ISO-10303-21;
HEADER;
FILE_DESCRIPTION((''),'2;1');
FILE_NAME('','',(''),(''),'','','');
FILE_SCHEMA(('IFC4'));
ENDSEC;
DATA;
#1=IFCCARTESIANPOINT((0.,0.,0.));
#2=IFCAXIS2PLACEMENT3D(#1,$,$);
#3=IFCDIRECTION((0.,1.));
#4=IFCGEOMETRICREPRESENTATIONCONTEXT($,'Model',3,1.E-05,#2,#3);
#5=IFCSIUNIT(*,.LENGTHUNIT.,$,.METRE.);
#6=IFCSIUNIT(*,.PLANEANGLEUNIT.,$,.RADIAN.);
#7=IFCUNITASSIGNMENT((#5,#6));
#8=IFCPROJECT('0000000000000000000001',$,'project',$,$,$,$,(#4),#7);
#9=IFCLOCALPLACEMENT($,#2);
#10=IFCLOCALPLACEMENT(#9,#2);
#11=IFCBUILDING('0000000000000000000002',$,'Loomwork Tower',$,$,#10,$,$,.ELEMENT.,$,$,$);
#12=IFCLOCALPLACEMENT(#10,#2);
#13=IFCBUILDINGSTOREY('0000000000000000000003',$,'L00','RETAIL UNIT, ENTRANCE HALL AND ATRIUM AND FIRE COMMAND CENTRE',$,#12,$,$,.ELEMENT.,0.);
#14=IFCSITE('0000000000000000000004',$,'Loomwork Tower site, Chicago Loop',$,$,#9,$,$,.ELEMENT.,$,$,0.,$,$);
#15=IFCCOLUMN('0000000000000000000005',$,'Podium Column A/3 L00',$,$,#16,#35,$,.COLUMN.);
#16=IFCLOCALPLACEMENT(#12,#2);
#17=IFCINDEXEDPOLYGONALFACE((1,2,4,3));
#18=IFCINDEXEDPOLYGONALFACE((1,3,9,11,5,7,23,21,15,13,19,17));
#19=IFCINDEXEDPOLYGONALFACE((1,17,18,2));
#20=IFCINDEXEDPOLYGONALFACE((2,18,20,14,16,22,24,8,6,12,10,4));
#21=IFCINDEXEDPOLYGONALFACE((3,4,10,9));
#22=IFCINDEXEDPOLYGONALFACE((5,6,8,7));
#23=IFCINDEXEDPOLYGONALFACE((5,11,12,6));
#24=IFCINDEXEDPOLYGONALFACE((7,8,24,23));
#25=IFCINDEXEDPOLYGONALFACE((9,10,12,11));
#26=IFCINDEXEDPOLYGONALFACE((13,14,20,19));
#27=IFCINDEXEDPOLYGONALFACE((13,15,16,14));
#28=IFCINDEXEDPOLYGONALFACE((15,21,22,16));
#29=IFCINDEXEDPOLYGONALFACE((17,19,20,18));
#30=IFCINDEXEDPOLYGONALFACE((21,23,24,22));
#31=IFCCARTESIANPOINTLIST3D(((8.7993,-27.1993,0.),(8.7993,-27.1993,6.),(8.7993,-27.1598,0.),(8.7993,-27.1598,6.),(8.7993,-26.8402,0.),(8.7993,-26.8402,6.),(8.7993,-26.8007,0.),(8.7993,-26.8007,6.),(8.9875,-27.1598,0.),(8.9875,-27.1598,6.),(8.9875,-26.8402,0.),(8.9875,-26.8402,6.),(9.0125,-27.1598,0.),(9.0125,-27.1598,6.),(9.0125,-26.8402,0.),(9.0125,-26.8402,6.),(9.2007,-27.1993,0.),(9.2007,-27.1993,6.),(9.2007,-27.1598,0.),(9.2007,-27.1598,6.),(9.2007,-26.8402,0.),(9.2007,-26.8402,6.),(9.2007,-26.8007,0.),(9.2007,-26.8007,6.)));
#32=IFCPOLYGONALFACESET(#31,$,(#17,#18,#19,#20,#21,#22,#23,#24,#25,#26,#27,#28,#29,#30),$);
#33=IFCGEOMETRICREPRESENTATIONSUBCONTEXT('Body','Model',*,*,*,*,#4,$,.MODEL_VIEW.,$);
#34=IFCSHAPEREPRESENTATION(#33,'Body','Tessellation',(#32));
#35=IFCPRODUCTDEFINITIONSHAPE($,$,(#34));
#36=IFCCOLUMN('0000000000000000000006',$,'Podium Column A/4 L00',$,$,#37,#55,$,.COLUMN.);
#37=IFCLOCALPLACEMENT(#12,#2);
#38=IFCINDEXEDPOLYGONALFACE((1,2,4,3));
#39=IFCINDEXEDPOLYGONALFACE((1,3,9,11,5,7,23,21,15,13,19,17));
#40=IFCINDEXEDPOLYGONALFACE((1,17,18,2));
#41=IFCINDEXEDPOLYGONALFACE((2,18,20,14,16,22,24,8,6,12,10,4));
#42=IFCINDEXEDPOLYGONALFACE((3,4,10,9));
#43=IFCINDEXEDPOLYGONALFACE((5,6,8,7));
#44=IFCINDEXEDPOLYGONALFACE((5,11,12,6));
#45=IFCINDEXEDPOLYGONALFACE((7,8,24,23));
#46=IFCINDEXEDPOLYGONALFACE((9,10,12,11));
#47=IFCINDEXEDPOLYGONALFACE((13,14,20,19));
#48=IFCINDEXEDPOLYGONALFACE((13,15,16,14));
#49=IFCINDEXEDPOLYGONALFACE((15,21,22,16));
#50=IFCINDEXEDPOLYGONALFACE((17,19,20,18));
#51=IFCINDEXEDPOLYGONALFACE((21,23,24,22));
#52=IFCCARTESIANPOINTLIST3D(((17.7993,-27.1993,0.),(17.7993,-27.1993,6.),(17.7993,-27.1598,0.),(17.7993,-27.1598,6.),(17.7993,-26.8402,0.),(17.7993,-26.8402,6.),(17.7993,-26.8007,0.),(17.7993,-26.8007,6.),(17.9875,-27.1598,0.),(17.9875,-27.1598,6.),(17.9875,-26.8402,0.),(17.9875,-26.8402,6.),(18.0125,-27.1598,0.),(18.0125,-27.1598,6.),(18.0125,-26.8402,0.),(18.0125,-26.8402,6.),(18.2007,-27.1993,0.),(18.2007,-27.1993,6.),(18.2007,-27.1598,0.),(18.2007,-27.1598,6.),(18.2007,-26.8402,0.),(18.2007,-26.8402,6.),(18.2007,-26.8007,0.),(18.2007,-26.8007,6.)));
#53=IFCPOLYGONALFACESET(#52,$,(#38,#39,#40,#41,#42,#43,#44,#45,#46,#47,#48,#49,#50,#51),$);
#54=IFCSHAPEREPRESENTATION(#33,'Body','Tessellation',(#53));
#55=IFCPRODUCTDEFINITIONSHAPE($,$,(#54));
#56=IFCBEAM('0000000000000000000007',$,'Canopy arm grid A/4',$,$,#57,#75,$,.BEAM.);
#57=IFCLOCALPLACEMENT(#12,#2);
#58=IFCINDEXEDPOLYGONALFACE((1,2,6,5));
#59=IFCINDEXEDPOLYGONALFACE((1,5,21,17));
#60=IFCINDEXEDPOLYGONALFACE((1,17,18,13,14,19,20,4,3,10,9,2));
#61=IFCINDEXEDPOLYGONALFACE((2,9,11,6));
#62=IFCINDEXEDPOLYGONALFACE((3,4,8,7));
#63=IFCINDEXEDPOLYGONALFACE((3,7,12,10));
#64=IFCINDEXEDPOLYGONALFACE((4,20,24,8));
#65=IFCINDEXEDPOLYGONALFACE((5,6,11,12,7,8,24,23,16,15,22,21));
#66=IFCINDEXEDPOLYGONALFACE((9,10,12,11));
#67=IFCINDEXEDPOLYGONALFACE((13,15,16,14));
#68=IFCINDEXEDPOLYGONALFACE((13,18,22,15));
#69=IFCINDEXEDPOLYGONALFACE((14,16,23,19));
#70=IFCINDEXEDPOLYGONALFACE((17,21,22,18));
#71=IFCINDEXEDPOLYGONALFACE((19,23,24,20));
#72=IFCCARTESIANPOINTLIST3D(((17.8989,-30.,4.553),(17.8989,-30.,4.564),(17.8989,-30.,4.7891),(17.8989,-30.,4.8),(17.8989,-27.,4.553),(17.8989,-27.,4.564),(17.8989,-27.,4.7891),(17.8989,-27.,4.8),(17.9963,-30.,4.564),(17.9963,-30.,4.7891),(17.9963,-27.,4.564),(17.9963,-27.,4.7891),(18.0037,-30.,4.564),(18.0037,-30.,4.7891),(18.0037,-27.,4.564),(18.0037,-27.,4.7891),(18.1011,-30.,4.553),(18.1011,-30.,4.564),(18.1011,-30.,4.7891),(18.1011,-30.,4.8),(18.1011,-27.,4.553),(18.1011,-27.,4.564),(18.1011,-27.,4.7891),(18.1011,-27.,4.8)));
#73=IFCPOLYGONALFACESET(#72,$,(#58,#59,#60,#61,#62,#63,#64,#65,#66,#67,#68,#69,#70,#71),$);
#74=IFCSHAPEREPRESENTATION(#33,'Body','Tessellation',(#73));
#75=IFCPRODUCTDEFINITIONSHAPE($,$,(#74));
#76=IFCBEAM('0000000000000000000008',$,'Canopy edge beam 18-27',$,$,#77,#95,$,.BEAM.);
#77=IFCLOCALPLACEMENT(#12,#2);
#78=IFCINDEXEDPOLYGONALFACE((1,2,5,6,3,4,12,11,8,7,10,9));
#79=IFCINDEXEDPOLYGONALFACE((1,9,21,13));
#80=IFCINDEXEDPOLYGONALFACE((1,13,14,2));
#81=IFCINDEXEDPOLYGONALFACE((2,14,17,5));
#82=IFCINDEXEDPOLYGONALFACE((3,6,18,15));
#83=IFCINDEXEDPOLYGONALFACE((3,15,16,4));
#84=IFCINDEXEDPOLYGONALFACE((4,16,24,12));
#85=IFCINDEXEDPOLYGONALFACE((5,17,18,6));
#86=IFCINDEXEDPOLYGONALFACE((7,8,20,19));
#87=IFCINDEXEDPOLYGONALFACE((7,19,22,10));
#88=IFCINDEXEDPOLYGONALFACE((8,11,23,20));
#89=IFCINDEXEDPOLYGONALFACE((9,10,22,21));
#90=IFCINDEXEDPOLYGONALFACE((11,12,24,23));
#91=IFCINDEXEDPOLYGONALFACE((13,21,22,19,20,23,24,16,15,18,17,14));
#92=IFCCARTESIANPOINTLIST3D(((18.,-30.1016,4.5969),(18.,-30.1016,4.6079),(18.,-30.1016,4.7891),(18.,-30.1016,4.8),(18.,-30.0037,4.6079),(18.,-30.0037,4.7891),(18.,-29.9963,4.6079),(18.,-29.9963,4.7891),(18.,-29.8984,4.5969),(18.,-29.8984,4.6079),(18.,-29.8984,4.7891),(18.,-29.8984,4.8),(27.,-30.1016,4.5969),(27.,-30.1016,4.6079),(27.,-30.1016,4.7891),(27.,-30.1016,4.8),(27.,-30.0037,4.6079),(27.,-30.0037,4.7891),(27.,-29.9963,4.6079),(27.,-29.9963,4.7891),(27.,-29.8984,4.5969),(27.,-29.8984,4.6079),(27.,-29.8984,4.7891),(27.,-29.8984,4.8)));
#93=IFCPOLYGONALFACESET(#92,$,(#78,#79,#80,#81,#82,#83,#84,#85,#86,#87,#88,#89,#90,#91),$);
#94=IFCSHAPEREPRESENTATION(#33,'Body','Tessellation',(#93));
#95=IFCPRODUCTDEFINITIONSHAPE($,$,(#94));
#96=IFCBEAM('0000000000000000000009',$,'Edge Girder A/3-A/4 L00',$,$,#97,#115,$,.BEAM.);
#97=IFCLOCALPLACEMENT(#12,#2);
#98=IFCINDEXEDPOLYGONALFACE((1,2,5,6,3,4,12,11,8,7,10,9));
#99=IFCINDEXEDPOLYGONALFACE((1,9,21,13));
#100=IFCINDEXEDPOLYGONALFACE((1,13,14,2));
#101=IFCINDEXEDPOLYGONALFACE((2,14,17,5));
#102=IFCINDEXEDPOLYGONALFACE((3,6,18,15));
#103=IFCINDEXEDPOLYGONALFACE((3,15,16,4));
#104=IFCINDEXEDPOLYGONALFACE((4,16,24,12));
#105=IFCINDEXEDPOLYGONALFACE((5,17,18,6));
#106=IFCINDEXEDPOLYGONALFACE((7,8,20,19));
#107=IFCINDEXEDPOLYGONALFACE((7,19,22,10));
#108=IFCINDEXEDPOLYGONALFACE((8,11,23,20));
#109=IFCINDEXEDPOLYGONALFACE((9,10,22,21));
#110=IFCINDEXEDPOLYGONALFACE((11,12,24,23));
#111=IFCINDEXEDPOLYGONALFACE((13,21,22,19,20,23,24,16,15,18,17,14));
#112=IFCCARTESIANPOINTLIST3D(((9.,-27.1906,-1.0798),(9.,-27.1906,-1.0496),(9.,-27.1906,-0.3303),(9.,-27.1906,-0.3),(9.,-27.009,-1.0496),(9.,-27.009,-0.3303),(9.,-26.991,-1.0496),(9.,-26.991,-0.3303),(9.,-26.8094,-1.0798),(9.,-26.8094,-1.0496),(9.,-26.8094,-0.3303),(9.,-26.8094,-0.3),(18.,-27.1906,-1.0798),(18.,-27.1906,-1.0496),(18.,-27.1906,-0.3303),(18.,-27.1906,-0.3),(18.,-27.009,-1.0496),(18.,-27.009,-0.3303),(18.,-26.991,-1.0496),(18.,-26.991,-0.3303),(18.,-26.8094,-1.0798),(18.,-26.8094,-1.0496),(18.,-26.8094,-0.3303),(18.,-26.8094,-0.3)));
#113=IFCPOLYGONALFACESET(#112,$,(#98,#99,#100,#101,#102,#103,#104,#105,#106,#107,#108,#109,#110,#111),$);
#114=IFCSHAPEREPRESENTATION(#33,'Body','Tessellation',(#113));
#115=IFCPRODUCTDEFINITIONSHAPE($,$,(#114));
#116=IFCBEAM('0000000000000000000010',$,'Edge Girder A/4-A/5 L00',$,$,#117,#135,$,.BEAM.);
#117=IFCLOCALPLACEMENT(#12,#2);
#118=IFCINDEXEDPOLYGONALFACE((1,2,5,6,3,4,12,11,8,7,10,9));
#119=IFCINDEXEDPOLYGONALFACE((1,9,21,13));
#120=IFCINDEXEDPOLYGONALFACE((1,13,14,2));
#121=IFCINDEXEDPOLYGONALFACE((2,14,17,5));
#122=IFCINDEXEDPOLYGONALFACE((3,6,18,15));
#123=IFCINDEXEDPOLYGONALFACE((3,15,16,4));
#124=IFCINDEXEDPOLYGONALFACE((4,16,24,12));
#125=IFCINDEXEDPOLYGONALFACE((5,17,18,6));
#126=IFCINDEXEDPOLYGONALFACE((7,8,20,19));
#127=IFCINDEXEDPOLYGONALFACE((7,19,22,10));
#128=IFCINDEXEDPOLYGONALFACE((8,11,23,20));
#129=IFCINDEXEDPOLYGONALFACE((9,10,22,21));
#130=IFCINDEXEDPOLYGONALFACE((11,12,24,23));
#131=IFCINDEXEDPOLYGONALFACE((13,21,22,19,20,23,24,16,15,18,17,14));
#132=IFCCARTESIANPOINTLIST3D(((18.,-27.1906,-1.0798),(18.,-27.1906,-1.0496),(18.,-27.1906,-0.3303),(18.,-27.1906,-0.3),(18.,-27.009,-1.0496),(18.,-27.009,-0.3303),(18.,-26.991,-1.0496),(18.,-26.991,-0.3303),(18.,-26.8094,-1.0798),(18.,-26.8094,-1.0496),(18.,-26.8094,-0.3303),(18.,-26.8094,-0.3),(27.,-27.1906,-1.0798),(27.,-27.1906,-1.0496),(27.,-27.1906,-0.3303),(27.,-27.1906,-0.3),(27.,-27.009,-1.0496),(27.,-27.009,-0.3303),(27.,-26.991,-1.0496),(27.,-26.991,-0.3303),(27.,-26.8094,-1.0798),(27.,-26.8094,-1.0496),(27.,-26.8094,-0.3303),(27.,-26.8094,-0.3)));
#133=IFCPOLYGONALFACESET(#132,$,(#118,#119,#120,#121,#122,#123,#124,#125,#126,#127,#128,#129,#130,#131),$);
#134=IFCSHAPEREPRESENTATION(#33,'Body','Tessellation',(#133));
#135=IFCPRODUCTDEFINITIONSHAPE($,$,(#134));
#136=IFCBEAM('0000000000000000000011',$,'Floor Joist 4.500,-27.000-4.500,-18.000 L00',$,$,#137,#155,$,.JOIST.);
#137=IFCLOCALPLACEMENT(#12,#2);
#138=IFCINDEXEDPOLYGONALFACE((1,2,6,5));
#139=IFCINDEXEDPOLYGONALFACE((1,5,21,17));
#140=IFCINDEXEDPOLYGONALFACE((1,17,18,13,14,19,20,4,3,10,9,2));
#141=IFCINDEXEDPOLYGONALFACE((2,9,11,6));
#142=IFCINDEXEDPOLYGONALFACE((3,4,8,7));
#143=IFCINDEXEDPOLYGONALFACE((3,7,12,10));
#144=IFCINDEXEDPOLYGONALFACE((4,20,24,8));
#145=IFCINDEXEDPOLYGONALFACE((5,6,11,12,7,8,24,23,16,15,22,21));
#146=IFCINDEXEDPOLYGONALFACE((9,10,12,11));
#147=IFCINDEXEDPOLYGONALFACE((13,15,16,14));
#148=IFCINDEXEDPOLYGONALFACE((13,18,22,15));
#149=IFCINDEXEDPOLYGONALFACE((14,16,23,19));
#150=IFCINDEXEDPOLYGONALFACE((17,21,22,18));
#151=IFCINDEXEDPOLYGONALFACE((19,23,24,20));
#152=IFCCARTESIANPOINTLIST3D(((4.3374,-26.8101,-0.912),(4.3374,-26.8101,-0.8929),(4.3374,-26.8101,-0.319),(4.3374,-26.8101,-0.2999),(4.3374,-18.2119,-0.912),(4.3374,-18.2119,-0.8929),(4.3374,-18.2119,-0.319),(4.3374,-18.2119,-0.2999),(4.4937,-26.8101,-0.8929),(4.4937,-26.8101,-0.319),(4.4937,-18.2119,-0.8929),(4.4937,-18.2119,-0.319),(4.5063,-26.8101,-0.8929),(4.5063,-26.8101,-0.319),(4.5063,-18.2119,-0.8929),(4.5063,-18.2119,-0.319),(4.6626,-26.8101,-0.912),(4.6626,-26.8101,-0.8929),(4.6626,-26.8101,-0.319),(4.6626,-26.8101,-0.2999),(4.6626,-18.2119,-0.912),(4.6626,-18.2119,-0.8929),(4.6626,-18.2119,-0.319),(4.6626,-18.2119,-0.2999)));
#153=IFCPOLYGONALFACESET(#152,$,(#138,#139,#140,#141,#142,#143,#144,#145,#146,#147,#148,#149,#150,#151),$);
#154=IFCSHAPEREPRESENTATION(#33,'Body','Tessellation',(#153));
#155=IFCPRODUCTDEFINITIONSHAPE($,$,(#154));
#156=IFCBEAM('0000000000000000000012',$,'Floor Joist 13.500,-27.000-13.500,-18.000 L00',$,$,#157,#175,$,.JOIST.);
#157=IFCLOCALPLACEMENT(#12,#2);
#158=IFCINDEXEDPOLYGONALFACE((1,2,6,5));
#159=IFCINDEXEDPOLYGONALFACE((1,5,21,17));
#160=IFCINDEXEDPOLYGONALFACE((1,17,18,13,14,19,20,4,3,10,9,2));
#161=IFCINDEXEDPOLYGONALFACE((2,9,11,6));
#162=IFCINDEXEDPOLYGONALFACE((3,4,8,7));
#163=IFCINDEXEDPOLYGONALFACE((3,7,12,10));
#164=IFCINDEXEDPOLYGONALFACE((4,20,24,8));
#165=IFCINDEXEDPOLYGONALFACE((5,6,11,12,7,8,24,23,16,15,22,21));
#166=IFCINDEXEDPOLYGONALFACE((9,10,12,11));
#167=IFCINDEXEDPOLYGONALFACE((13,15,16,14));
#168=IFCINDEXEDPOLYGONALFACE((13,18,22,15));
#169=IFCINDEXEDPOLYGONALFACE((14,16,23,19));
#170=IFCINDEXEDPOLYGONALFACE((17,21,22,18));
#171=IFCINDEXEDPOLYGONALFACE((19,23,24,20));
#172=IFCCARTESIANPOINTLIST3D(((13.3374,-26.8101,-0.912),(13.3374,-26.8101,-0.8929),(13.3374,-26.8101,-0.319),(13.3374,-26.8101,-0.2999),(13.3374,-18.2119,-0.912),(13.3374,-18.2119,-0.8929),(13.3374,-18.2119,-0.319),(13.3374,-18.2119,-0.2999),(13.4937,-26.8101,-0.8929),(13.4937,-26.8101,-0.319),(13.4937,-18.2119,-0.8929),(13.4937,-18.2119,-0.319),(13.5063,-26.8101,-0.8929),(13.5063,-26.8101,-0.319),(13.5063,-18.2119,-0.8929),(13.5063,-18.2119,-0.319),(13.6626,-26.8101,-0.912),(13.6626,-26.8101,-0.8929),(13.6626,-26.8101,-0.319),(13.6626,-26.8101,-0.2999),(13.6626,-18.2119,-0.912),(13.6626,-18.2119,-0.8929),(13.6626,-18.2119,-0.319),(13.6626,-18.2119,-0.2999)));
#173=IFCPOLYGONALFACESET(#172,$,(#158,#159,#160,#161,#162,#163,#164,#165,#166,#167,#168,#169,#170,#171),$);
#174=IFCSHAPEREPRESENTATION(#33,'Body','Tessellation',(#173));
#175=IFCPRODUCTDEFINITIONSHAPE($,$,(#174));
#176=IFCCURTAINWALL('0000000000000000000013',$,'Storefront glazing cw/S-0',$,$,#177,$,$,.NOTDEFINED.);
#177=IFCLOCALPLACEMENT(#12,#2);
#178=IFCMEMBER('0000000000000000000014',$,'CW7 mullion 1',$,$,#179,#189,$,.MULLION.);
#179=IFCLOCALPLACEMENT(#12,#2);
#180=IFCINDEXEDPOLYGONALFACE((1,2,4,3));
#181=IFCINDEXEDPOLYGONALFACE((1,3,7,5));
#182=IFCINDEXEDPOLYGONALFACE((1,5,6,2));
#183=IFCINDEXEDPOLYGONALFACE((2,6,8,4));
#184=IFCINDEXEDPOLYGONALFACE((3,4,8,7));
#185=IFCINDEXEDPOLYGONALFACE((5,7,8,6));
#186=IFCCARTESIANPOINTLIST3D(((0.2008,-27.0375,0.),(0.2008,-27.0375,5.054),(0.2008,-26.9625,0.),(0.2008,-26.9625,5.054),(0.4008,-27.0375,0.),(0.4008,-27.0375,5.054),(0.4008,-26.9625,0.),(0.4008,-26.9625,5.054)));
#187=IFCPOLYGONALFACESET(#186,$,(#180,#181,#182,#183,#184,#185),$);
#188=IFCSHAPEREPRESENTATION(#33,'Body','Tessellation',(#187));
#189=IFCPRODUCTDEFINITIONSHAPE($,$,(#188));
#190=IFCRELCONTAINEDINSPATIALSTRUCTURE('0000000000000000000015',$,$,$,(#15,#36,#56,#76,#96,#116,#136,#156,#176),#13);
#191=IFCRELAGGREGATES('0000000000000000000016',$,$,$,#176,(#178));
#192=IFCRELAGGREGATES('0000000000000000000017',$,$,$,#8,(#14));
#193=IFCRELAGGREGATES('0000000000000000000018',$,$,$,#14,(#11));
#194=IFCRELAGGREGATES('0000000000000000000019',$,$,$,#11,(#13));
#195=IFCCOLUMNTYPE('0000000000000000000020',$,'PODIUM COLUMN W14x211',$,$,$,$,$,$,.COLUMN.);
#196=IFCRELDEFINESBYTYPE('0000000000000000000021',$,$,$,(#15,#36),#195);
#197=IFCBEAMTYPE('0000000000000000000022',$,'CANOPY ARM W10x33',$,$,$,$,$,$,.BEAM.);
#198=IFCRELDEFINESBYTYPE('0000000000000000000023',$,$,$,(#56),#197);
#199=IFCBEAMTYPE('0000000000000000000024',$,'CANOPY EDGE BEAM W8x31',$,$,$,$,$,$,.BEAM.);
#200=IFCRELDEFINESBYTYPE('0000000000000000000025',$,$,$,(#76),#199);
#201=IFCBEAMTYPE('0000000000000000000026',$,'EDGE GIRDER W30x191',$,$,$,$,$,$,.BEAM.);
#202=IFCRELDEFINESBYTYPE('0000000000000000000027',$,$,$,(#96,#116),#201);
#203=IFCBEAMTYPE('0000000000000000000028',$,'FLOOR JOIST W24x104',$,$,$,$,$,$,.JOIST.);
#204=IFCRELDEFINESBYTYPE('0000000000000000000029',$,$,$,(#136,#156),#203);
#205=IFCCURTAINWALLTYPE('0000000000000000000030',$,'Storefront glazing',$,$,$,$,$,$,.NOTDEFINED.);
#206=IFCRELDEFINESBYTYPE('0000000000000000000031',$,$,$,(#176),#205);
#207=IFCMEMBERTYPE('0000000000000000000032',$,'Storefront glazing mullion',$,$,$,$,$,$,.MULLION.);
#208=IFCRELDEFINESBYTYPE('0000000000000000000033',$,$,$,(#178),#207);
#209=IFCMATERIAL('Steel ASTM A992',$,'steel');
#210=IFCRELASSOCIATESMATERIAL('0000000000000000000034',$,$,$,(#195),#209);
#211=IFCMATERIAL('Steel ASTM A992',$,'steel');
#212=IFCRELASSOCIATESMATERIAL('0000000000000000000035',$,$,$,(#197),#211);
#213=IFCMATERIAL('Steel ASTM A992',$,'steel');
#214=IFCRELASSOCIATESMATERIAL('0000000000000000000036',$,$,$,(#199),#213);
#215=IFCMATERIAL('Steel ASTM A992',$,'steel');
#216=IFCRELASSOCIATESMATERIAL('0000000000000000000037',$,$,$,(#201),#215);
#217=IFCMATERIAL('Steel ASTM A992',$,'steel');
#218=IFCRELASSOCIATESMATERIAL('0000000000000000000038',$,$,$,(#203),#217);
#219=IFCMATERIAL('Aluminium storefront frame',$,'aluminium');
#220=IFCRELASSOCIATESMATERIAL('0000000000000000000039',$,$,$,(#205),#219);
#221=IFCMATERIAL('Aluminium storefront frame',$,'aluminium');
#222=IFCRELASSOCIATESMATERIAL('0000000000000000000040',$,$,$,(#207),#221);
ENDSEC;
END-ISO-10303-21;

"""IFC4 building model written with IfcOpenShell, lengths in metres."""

from ifc_helpers import new_model, si_unit, direction, frame, origin, origin_2d, place, context, subcontext, project, spatial, rectangle, i_section, extrude, material, material_profile, profile_set, type_object, element, aggregate, save


model = new_model("IFC4")

# Units and contexts
model_context = context("Model", 3, precision=1e-05, world=origin(), true_north=direction((0.0, 1.0)))
body_context = subcontext(model_context, "Body", "Model", "MODEL_VIEW")
ifc_project = project(units=[si_unit("LENGTHUNIT", "METRE"), si_unit("PLANEANGLEUNIT", "RADIAN")], contexts=[model_context])

# Site, building, storey
site_placement = place(None, origin())
site = spatial("IfcSite", under=ifc_project, at=site_placement, Name="Loomwork Tower site, Chicago Loop", CompositionType="ELEMENT", RefElevation=0.0)
building_placement = place(site_placement, origin())
building = spatial("IfcBuilding", under=site, at=building_placement, Name="Loomwork Tower", CompositionType="ELEMENT")
storey_placement = place(building_placement, origin())
storey = spatial("IfcBuildingStorey", under=building, at=storey_placement, Name="L00", Description="RETAIL UNIT, ENTRANCE HALL AND ATRIUM AND FIRE COMMAND CENTRE", CompositionType="ELEMENT", Elevation=0.0)

# Columns
ifc_material_1 = material(Name="Steel ASTM A992", Category="steel")
ifc_material_profile_1 = material_profile(ifc_material_1, i_section(OverallWidth=0.4014, OverallDepth=0.3987, WebThickness=0.0249, FlangeThickness=0.0396, at=origin_2d()), Name="W14x211")
ifc_profile_set_1 = profile_set([ifc_material_profile_1], Name="Steel ASTM A992")
column_type = type_object("IfcColumnType", Name="PODIUM COLUMN W14x211", PredefinedType="COLUMN", material=ifc_profile_set_1)
for number, where, z_axis, x_axis, name in (
    (1, (9.0, -27.0, 0.0), (0.0, 0.0, 1.0), (1.0, 0.0, 0.0), "Podium Column A/3 L00"),
    (2, (18.0, -27.0, 0.0), (0.0, 0.0, 1.0), (1.0, 0.0, 0.0), "Podium Column A/4 L00"),
):
    element("IfcColumn", number, at=place(storey_placement, frame(where, z_axis=z_axis, x_axis=x_axis)), inside=storey, type_object=column_type, Name=name, PredefinedType="COLUMN", context=body_context, shape_type="SweptSolid", body=[
        extrude(i_section(OverallWidth=0.4014, OverallDepth=0.3987, WebThickness=0.0249, FlangeThickness=0.0396, at=origin_2d()), origin(), (0.0, 0.0, 1.0), 6.0),
    ])

# Beams
ifc_material_2 = material(Name="Steel ASTM A992", Category="steel")
ifc_material_profile_2 = material_profile(ifc_material_2, i_section(OverallWidth=0.2021, OverallDepth=0.2471, WebThickness=0.0073, FlangeThickness=0.011, at=origin_2d()), Name="W10x33")
ifc_profile_set_2 = profile_set([ifc_material_profile_2], Name="Steel ASTM A992")
beam_type_1 = type_object("IfcBeamType", Name="CANOPY ARM W10x33", PredefinedType="BEAM", material=ifc_profile_set_2)
beam_1_placement = place(storey_placement, frame((18.0, -27.0, 4.6765), z_axis=(0.0, -1.0, 0.0), x_axis=(1.0, 0.0, 0.0)))
element("IfcBeam", 3, at=beam_1_placement, inside=storey, type_object=beam_type_1, Name="Canopy arm grid A/4", PredefinedType="BEAM", context=body_context, shape_type="SweptSolid", body=[
    extrude(i_section(OverallWidth=0.2021, OverallDepth=0.2471, WebThickness=0.0073, FlangeThickness=0.011, at=origin_2d()), origin(), (0.0, 0.0, 1.0), 3.0),
])
ifc_material_3 = material(Name="Steel ASTM A992", Category="steel")
ifc_material_profile_3 = material_profile(ifc_material_3, i_section(OverallWidth=0.2031, OverallDepth=0.2031, WebThickness=0.0073, FlangeThickness=0.011, at=origin_2d()), Name="W8x31")
ifc_profile_set_3 = profile_set([ifc_material_profile_3], Name="Steel ASTM A992")
beam_type_2 = type_object("IfcBeamType", Name="CANOPY EDGE BEAM W8x31", PredefinedType="BEAM", material=ifc_profile_set_3)
beam_2_placement = place(storey_placement, frame((18.0, -30.0, 4.6985), z_axis=(1.0, 0.0, 0.0), x_axis=(0.0, 1.0, 0.0)))
element("IfcBeam", 4, at=beam_2_placement, inside=storey, type_object=beam_type_2, Name="Canopy edge beam 18-27", PredefinedType="BEAM", context=body_context, shape_type="SweptSolid", body=[
    extrude(i_section(OverallWidth=0.2031, OverallDepth=0.2031, WebThickness=0.0073, FlangeThickness=0.011, at=origin_2d()), origin(), (0.0, 0.0, 1.0), 9.0),
])
ifc_material_4 = material(Name="Steel ASTM A992", Category="steel")
ifc_material_profile_4 = material_profile(ifc_material_4, i_section(OverallWidth=0.3811, OverallDepth=0.7798, WebThickness=0.0181, FlangeThickness=0.0303, at=origin_2d()), Name="W30x191")
ifc_profile_set_4 = profile_set([ifc_material_profile_4], Name="Steel ASTM A992")
beam_type_3 = type_object("IfcBeamType", Name="EDGE GIRDER W30x191", PredefinedType="BEAM", material=ifc_profile_set_4)
for number, where, z_axis, x_axis, name in (
    (5, (9.0, -27.0, -0.6899), (1.0, 0.0, 0.0), (0.0, 1.0, 0.0), "Edge Girder A/3-A/4 L00"),
    (6, (18.0, -27.0, -0.6899), (1.0, 0.0, 0.0), (0.0, 1.0, 0.0), "Edge Girder A/4-A/5 L00"),
):
    element("IfcBeam", number, at=place(storey_placement, frame(where, z_axis=z_axis, x_axis=x_axis)), inside=storey, type_object=beam_type_3, Name=name, PredefinedType="BEAM", context=body_context, shape_type="SweptSolid", body=[
        extrude(i_section(OverallWidth=0.3811, OverallDepth=0.7798, WebThickness=0.0181, FlangeThickness=0.0303, at=origin_2d()), origin(), (0.0, 0.0, 1.0), 9.0),
    ])
ifc_material_5 = material(Name="Steel ASTM A992", Category="steel")
ifc_material_profile_5 = material_profile(ifc_material_5, i_section(OverallWidth=0.3252, OverallDepth=0.6121, WebThickness=0.0127, FlangeThickness=0.019, at=origin_2d()), Name="W24x104")
ifc_profile_set_5 = profile_set([ifc_material_profile_5], Name="Steel ASTM A992")
beam_type_4 = type_object("IfcBeamType", Name="FLOOR JOIST W24x104", PredefinedType="JOIST", material=ifc_profile_set_5)
for number, where, z_axis, x_axis, name in (
    (7, (4.5, -26.8101, -0.606), (0.0, 1.0, 0.0), (-1.0, 0.0, 0.0), "Floor Joist 4.500,-27.000-4.500,-18.000 L00"),
    (8, (13.5, -26.8101, -0.606), (0.0, 1.0, 0.0), (-1.0, 0.0, 0.0), "Floor Joist 13.500,-27.000-13.500,-18.000 L00"),
):
    element("IfcBeam", number, at=place(storey_placement, frame(where, z_axis=z_axis, x_axis=x_axis)), inside=storey, type_object=beam_type_4, Name=name, PredefinedType="JOIST", context=body_context, shape_type="SweptSolid", body=[
        extrude(i_section(OverallWidth=0.3252, OverallDepth=0.6121, WebThickness=0.0127, FlangeThickness=0.019, at=origin_2d()), origin(), (0.0, 0.0, 1.0), 8.5981),
    ])

# Curtain wall, member
ifc_material_6 = material(Name="Aluminium storefront frame", Category="aluminium")
curtain_wall_type = type_object("IfcCurtainWallType", Name="Storefront glazing", PredefinedType="NOTDEFINED", material=ifc_material_6)
curtain_wall_placement = place(storey_placement, origin())
curtain_wall = element("IfcCurtainWall", 9, at=curtain_wall_placement, inside=storey, type_object=curtain_wall_type, Name="Storefront glazing cw/S-0", PredefinedType="NOTDEFINED")
ifc_material_7 = material(Name="Aluminium storefront frame", Category="aluminium")
ifc_material_profile_6 = material_profile(ifc_material_7, rectangle(XDim=0.075, YDim=0.2, at=origin_2d()), Name="AL 75x200")
ifc_profile_set_6 = profile_set([ifc_material_profile_6], Name="Aluminium storefront frame")
member_type_1 = type_object("IfcMemberType", Name="Storefront glazing mullion", PredefinedType="MULLION", material=ifc_profile_set_6)
member_1_placement = place(storey_placement, frame((0.3008, -27.0, 0.0), z_axis=(0.0, 0.0, 1.0), x_axis=(0.0, 1.0, 0.0)))
member_1 = element("IfcMember", 10, at=member_1_placement, type_object=member_type_1, Name="CW7 mullion 1", PredefinedType="MULLION", context=body_context, shape_type="SweptSolid", body=[
    extrude(rectangle(XDim=0.075, YDim=0.2, at=origin_2d()), origin(), (0.0, 0.0, 1.0), 5.054),
])

aggregate(curtain_wall, [member_1])

save(model, "model.ifc")
